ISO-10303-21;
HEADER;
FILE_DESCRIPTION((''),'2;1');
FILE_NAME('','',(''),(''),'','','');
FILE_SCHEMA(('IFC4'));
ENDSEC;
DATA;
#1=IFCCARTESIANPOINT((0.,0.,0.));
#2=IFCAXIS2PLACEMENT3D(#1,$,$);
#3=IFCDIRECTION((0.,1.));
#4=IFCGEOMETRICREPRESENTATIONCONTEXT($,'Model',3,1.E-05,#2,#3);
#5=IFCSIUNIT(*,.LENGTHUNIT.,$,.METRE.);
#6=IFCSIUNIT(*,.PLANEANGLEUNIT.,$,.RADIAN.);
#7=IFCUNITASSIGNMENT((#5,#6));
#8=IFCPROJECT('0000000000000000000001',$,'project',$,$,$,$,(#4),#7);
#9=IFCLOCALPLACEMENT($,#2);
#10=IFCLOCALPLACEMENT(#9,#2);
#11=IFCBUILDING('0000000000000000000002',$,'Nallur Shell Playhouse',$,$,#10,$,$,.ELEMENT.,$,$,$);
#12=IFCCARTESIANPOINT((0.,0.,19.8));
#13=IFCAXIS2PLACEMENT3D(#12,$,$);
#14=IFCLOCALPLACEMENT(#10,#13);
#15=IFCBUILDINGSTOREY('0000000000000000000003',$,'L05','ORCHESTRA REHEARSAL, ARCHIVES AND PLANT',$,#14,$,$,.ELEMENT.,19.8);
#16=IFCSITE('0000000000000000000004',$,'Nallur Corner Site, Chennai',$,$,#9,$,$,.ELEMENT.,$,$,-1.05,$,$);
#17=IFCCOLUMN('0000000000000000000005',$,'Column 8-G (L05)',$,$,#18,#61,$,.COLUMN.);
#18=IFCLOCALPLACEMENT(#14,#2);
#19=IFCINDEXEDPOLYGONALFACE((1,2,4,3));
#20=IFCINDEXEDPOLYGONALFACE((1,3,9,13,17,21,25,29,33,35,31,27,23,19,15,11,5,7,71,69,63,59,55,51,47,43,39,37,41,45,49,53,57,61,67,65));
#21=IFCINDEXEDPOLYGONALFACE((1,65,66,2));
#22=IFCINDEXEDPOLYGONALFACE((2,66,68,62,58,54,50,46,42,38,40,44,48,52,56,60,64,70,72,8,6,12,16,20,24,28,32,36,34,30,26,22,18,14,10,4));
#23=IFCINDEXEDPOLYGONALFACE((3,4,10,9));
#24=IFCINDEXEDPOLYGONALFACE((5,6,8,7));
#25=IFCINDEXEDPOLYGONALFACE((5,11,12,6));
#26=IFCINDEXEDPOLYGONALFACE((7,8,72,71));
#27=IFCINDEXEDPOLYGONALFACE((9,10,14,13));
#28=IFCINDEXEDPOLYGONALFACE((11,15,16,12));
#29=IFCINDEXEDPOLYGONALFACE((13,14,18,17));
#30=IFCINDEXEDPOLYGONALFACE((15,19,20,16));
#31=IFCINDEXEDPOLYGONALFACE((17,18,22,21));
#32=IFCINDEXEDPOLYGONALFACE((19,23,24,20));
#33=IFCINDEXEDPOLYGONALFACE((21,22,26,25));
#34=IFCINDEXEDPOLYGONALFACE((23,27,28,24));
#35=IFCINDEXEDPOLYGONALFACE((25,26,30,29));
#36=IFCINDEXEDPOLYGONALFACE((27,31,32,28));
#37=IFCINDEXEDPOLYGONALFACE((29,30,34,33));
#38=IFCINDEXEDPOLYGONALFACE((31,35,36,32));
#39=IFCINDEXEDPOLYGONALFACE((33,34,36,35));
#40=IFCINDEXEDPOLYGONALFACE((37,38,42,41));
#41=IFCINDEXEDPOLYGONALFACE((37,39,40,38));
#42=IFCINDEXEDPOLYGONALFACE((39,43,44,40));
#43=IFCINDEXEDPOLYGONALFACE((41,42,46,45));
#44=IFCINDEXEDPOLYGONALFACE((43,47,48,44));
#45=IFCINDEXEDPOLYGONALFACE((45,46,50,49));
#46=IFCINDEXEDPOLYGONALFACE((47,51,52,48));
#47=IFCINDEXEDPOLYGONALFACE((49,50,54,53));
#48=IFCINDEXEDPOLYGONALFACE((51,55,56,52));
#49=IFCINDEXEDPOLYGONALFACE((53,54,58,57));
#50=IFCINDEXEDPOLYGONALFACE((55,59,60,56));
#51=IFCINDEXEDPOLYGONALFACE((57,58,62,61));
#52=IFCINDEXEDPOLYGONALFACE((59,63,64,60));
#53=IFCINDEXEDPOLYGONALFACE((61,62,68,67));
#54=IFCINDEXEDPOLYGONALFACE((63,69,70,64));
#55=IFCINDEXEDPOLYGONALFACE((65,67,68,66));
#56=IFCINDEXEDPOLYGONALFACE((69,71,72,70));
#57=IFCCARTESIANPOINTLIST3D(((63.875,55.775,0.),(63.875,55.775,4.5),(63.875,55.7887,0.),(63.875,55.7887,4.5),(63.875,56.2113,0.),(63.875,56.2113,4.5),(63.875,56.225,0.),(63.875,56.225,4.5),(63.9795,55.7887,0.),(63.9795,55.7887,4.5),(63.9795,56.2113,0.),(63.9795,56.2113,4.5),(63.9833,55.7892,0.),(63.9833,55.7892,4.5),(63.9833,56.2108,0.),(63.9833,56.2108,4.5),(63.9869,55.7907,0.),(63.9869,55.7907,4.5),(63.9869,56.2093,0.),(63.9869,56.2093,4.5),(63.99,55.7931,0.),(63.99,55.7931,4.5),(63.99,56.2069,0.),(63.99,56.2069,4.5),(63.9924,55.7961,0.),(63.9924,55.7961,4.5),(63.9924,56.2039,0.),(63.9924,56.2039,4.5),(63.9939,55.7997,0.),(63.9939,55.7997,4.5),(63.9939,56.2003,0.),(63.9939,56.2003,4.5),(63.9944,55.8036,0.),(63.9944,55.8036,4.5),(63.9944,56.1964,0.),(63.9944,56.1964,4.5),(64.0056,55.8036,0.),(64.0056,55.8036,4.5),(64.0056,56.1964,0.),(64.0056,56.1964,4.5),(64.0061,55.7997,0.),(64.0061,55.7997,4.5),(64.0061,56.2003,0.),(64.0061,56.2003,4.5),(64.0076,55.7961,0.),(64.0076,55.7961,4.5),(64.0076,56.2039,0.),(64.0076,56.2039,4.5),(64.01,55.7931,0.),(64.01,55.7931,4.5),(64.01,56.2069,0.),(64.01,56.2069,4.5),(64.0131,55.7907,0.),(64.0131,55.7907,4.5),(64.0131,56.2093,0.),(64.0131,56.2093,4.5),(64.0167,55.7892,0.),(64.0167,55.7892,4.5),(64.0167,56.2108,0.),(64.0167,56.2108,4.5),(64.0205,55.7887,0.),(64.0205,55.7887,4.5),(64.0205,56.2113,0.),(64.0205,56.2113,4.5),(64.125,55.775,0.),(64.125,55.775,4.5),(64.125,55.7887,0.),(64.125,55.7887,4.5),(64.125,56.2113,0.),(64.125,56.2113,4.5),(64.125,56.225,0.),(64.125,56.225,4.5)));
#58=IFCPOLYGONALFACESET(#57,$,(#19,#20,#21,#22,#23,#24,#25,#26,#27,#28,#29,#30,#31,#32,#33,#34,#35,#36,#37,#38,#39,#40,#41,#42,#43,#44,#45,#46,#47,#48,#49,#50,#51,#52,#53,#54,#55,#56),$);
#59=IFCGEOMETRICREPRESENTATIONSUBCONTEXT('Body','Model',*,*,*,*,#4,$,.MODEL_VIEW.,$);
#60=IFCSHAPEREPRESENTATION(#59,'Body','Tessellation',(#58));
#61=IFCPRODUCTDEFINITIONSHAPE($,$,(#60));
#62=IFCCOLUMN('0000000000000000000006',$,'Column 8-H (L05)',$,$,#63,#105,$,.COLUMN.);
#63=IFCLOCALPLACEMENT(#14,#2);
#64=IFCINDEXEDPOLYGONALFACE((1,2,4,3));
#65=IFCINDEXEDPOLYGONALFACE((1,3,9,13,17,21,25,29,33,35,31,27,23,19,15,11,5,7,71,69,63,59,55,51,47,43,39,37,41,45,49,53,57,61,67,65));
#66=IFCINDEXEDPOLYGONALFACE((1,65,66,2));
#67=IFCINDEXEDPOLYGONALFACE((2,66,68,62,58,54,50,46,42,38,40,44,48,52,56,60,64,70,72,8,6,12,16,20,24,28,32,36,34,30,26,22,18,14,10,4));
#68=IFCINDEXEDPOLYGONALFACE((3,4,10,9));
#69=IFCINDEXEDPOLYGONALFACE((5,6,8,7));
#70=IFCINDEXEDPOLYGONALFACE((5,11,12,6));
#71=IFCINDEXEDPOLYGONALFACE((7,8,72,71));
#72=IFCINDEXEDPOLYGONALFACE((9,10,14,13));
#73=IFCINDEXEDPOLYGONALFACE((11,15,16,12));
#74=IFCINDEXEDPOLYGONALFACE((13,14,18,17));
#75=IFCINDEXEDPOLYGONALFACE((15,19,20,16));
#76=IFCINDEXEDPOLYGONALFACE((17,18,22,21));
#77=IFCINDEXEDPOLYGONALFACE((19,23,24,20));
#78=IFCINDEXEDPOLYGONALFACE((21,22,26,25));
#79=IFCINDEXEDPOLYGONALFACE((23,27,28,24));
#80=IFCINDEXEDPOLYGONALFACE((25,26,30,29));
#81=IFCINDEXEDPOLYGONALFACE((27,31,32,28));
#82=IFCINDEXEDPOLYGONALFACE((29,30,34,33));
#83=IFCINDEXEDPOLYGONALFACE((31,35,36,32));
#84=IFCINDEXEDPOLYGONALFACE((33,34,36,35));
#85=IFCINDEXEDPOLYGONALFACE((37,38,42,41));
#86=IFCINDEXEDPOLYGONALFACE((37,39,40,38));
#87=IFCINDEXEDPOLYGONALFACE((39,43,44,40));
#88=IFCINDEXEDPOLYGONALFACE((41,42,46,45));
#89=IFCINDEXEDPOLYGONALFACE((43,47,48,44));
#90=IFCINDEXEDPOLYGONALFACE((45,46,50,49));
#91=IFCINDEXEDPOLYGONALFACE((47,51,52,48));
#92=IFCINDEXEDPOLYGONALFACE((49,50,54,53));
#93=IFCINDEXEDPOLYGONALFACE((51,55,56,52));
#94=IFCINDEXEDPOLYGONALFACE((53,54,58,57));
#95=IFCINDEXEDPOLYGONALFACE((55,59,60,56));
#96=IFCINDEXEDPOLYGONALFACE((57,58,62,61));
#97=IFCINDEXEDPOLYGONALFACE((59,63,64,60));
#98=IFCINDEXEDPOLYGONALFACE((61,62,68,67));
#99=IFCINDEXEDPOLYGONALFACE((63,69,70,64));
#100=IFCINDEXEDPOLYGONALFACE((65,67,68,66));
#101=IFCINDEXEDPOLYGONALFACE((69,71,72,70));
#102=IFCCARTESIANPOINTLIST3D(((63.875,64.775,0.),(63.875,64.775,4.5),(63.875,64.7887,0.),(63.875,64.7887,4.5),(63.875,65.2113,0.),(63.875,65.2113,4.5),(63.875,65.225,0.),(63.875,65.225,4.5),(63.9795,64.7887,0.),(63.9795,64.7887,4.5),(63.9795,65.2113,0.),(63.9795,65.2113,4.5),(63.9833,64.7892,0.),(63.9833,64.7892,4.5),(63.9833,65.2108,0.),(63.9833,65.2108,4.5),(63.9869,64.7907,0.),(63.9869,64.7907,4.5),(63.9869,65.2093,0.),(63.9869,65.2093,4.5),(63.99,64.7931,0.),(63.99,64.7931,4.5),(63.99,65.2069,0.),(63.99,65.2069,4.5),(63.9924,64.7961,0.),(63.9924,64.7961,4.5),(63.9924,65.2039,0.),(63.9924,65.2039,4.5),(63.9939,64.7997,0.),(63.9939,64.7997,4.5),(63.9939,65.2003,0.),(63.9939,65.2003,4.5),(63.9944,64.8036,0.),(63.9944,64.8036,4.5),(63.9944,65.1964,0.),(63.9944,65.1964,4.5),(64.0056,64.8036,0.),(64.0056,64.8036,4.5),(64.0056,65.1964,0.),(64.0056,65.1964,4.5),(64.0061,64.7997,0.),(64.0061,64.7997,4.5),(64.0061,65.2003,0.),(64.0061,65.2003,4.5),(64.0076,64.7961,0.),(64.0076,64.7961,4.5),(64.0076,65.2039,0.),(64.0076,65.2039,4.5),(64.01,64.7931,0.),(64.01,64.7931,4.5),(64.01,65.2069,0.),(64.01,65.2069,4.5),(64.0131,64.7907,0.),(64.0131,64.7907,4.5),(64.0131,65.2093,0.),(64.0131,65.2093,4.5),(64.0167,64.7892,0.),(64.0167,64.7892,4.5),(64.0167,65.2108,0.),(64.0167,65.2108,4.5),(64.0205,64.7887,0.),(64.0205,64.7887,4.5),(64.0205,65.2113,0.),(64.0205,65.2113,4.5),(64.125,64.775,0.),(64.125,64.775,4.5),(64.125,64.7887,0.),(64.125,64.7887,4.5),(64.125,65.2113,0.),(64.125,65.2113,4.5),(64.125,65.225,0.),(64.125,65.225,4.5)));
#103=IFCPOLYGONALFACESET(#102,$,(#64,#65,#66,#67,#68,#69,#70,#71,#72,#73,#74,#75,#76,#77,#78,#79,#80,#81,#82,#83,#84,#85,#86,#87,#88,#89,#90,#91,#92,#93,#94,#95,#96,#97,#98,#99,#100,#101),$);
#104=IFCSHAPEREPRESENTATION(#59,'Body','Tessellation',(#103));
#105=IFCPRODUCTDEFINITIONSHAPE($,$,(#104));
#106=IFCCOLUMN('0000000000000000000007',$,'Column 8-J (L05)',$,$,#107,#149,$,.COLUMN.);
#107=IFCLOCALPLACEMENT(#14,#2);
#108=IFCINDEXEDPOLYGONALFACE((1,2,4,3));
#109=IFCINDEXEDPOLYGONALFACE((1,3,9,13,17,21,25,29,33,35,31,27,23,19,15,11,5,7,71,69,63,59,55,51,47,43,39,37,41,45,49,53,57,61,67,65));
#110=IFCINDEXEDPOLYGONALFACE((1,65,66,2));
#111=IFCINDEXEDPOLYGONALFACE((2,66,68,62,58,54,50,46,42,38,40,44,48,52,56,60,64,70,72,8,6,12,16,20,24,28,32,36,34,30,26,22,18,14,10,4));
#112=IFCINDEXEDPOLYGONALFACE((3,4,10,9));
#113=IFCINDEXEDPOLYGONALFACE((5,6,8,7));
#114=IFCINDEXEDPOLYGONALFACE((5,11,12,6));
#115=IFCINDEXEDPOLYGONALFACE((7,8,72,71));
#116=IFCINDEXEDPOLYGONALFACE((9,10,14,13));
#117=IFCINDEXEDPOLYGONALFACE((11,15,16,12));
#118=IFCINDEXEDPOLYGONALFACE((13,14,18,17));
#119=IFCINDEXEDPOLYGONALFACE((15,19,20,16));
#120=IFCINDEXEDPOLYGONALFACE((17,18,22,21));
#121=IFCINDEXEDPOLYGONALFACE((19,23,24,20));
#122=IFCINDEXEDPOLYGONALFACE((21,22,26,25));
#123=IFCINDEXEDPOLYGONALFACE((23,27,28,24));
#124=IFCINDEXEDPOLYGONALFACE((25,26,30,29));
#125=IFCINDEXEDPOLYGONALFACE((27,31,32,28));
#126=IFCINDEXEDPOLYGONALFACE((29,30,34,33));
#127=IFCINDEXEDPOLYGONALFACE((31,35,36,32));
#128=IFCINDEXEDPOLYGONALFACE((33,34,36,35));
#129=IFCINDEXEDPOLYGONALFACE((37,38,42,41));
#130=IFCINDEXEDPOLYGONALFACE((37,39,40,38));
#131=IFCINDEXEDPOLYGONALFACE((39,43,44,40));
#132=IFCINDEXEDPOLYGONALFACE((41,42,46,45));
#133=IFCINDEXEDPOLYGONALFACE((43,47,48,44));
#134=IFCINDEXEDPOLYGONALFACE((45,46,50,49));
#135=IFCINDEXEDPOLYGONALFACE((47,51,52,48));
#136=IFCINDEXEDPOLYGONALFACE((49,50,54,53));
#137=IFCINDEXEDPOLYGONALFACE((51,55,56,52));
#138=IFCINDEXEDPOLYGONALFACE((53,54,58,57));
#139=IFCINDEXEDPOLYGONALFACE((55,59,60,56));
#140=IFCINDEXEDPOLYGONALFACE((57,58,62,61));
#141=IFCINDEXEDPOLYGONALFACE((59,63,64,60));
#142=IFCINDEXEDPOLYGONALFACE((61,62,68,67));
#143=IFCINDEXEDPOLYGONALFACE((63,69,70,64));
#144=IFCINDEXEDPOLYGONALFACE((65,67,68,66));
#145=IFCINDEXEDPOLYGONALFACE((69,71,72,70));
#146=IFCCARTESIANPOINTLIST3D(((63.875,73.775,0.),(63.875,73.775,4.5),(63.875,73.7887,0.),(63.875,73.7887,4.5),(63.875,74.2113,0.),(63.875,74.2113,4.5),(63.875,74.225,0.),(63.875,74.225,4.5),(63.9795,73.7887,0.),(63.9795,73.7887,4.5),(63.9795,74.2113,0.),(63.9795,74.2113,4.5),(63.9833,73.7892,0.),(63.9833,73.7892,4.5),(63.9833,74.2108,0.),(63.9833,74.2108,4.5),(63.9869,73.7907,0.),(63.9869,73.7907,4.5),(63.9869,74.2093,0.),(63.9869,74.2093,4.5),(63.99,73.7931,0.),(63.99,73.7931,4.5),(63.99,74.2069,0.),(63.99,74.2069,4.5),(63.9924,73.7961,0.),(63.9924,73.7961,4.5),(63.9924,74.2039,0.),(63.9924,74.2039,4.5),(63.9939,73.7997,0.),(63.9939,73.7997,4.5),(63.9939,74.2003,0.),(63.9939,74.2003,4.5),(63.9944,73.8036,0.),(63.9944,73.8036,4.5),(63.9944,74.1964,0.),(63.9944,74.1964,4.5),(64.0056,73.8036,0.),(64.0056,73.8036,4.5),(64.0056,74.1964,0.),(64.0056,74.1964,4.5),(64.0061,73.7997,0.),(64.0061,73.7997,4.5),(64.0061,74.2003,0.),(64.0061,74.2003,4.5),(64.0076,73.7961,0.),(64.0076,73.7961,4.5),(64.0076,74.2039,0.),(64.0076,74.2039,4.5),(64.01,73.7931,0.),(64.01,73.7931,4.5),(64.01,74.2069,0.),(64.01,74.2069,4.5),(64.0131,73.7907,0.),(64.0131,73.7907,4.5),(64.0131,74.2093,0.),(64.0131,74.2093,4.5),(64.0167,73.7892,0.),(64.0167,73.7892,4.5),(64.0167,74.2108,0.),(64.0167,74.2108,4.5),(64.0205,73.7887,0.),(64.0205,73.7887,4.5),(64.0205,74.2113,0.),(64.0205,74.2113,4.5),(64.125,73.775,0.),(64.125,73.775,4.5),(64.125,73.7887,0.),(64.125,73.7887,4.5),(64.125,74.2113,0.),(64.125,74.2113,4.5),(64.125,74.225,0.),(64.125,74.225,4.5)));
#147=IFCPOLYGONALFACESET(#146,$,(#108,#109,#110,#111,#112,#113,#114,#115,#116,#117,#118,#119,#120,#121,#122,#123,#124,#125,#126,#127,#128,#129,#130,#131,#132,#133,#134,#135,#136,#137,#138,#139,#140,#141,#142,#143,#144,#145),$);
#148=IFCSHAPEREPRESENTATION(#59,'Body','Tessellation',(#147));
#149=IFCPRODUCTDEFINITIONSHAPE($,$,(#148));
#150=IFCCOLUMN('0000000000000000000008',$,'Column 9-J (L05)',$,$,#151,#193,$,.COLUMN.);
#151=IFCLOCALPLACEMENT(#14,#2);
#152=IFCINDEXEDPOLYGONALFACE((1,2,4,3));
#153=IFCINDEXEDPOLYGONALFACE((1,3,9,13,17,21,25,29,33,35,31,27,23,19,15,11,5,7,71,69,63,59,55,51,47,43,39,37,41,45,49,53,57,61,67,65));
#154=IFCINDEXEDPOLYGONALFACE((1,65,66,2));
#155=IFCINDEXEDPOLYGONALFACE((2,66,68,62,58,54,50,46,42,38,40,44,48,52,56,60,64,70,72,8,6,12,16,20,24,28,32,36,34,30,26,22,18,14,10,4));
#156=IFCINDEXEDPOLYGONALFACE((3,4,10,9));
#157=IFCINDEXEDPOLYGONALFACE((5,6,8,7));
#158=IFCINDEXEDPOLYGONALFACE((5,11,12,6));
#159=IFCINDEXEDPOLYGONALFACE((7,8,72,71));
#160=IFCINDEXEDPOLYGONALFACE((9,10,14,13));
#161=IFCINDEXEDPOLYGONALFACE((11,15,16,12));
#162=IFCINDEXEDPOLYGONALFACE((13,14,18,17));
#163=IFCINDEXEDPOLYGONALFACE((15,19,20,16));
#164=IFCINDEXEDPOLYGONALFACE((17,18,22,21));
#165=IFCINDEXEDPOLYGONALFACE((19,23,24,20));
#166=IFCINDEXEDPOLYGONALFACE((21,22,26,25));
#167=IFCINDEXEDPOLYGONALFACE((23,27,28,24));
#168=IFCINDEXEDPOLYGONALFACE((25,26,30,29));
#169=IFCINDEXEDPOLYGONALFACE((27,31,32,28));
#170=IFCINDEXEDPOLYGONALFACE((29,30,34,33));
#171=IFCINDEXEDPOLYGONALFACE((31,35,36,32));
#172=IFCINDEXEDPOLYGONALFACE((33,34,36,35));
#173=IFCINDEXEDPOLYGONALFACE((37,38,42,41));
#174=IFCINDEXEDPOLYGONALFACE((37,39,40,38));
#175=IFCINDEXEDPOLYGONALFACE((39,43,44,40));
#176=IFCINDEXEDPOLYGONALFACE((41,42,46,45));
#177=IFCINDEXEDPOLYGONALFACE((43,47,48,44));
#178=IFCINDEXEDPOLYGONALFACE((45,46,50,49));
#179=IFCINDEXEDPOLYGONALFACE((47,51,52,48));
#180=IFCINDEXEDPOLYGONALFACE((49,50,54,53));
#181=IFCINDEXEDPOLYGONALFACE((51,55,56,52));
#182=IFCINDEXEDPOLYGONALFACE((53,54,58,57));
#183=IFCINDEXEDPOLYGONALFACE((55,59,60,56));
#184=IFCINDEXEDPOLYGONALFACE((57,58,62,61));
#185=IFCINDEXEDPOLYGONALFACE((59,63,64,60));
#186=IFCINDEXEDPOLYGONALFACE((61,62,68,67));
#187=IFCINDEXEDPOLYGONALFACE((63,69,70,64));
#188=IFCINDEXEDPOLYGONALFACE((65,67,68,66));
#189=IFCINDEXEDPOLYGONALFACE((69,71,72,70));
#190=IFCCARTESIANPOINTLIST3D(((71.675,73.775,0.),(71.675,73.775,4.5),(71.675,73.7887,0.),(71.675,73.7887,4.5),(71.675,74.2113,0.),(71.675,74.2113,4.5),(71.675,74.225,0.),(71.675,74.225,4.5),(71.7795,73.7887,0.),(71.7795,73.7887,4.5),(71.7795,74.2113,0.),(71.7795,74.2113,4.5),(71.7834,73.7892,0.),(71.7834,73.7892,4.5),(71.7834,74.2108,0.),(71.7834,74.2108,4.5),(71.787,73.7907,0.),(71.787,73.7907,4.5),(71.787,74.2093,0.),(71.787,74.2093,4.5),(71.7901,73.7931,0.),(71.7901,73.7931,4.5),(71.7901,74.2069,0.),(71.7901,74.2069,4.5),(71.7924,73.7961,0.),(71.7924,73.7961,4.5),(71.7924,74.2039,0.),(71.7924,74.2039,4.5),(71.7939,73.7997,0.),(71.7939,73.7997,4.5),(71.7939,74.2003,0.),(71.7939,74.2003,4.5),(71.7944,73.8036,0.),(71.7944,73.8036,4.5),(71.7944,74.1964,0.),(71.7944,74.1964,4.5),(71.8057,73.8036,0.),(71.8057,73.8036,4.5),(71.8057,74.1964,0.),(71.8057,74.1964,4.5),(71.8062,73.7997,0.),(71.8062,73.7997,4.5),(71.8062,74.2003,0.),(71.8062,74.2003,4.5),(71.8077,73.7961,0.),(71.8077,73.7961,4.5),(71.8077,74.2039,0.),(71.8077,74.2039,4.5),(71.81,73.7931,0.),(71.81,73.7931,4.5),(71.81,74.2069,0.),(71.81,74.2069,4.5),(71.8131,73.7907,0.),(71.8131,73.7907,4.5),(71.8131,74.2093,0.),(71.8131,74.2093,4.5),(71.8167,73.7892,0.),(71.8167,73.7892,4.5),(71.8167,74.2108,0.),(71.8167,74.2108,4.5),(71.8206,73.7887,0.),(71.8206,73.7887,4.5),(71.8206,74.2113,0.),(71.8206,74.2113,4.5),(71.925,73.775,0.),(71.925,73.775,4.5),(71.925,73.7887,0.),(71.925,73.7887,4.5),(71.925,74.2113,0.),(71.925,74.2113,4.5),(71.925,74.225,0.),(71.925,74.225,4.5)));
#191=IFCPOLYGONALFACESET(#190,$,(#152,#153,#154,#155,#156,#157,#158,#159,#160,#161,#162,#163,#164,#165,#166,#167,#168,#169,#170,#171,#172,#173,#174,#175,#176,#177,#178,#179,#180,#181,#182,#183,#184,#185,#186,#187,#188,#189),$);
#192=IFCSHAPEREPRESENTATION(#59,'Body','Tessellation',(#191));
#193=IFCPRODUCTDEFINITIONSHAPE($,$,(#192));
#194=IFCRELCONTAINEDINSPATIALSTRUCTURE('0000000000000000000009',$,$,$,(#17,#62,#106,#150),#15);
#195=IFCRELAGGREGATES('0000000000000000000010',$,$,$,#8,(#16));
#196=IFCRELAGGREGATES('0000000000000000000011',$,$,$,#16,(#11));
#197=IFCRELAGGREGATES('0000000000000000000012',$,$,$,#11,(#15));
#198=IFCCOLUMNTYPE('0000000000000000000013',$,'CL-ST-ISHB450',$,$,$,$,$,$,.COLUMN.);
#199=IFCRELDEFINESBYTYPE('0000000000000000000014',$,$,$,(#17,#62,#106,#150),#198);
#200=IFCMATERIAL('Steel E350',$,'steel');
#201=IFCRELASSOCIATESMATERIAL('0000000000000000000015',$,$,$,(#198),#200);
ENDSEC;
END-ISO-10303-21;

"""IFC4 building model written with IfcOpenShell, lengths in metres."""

from ifc_helpers import new_model, si_unit, direction, frame, origin, origin_2d, place, context, subcontext, project, spatial, i_section, extrude, material, material_profile, profile_set, type_object, element, save


model = new_model("IFC4")

# Units and contexts
model_context = context("Model", 3, precision=1e-05, world=origin(), true_north=direction((0.0, 1.0)))
body_context = subcontext(model_context, "Body", "Model", "MODEL_VIEW")
ifc_project = project(units=[si_unit("LENGTHUNIT", "METRE"), si_unit("PLANEANGLEUNIT", "RADIAN")], contexts=[model_context])

# Site, building, storey
site_placement = place(None, origin())
site = spatial("IfcSite", under=ifc_project, at=site_placement, Name="Nallur Corner Site, Chennai", CompositionType="ELEMENT", RefElevation=-1.05)
building_placement = place(site_placement, origin())
building = spatial("IfcBuilding", under=site, at=building_placement, Name="Nallur Shell Playhouse", CompositionType="ELEMENT")
storey_placement = place(building_placement, frame((0.0, 0.0, 19.8)))
storey = spatial("IfcBuildingStorey", under=building, at=storey_placement, Name="L05", Description="ORCHESTRA REHEARSAL, ARCHIVES AND PLANT", CompositionType="ELEMENT", Elevation=19.8)

# Columns
ifc_material_1 = material(Name="Steel E350", Category="steel")
ifc_material_profile_1 = material_profile(ifc_material_1, i_section(OverallWidth=0.25, OverallDepth=0.45, WebThickness=0.0112, FlangeThickness=0.0137, FilletRadius=0.0149, at=origin_2d()), Name="ISHB 450")
ifc_profile_set_1 = profile_set([ifc_material_profile_1], Name="Steel E350")
column_type = type_object("IfcColumnType", Name="CL-ST-ISHB450", PredefinedType="COLUMN", material=ifc_profile_set_1)
for number, where, z_axis, x_axis, name in (
    (1, (64.0, 56.0, 0.0), (0.0, 0.0, 1.0), (1.0, 0.0, 0.0), "Column 8-G (L05)"),
    (2, (64.0, 65.0, 0.0), (0.0, 0.0, 1.0), (1.0, 0.0, 0.0), "Column 8-H (L05)"),
    (3, (64.0, 74.0, 0.0), (0.0, 0.0, 1.0), (1.0, 0.0, 0.0), "Column 8-J (L05)"),
    (4, (71.8, 74.0, 0.0), (0.0, 0.0, 1.0), (1.0, 0.0, 0.0), "Column 9-J (L05)"),
):
    element("IfcColumn", number, at=place(storey_placement, frame(where, z_axis=z_axis, x_axis=x_axis)), inside=storey, type_object=column_type, Name=name, PredefinedType="COLUMN", context=body_context, shape_type="SweptSolid", body=[
        extrude(i_section(OverallWidth=0.25, OverallDepth=0.45, WebThickness=0.0112, FlangeThickness=0.0137, FilletRadius=0.0149, at=origin_2d()), origin(), (0.0, 0.0, 1.0), 4.5),
    ])

save(model, "model.ifc")
